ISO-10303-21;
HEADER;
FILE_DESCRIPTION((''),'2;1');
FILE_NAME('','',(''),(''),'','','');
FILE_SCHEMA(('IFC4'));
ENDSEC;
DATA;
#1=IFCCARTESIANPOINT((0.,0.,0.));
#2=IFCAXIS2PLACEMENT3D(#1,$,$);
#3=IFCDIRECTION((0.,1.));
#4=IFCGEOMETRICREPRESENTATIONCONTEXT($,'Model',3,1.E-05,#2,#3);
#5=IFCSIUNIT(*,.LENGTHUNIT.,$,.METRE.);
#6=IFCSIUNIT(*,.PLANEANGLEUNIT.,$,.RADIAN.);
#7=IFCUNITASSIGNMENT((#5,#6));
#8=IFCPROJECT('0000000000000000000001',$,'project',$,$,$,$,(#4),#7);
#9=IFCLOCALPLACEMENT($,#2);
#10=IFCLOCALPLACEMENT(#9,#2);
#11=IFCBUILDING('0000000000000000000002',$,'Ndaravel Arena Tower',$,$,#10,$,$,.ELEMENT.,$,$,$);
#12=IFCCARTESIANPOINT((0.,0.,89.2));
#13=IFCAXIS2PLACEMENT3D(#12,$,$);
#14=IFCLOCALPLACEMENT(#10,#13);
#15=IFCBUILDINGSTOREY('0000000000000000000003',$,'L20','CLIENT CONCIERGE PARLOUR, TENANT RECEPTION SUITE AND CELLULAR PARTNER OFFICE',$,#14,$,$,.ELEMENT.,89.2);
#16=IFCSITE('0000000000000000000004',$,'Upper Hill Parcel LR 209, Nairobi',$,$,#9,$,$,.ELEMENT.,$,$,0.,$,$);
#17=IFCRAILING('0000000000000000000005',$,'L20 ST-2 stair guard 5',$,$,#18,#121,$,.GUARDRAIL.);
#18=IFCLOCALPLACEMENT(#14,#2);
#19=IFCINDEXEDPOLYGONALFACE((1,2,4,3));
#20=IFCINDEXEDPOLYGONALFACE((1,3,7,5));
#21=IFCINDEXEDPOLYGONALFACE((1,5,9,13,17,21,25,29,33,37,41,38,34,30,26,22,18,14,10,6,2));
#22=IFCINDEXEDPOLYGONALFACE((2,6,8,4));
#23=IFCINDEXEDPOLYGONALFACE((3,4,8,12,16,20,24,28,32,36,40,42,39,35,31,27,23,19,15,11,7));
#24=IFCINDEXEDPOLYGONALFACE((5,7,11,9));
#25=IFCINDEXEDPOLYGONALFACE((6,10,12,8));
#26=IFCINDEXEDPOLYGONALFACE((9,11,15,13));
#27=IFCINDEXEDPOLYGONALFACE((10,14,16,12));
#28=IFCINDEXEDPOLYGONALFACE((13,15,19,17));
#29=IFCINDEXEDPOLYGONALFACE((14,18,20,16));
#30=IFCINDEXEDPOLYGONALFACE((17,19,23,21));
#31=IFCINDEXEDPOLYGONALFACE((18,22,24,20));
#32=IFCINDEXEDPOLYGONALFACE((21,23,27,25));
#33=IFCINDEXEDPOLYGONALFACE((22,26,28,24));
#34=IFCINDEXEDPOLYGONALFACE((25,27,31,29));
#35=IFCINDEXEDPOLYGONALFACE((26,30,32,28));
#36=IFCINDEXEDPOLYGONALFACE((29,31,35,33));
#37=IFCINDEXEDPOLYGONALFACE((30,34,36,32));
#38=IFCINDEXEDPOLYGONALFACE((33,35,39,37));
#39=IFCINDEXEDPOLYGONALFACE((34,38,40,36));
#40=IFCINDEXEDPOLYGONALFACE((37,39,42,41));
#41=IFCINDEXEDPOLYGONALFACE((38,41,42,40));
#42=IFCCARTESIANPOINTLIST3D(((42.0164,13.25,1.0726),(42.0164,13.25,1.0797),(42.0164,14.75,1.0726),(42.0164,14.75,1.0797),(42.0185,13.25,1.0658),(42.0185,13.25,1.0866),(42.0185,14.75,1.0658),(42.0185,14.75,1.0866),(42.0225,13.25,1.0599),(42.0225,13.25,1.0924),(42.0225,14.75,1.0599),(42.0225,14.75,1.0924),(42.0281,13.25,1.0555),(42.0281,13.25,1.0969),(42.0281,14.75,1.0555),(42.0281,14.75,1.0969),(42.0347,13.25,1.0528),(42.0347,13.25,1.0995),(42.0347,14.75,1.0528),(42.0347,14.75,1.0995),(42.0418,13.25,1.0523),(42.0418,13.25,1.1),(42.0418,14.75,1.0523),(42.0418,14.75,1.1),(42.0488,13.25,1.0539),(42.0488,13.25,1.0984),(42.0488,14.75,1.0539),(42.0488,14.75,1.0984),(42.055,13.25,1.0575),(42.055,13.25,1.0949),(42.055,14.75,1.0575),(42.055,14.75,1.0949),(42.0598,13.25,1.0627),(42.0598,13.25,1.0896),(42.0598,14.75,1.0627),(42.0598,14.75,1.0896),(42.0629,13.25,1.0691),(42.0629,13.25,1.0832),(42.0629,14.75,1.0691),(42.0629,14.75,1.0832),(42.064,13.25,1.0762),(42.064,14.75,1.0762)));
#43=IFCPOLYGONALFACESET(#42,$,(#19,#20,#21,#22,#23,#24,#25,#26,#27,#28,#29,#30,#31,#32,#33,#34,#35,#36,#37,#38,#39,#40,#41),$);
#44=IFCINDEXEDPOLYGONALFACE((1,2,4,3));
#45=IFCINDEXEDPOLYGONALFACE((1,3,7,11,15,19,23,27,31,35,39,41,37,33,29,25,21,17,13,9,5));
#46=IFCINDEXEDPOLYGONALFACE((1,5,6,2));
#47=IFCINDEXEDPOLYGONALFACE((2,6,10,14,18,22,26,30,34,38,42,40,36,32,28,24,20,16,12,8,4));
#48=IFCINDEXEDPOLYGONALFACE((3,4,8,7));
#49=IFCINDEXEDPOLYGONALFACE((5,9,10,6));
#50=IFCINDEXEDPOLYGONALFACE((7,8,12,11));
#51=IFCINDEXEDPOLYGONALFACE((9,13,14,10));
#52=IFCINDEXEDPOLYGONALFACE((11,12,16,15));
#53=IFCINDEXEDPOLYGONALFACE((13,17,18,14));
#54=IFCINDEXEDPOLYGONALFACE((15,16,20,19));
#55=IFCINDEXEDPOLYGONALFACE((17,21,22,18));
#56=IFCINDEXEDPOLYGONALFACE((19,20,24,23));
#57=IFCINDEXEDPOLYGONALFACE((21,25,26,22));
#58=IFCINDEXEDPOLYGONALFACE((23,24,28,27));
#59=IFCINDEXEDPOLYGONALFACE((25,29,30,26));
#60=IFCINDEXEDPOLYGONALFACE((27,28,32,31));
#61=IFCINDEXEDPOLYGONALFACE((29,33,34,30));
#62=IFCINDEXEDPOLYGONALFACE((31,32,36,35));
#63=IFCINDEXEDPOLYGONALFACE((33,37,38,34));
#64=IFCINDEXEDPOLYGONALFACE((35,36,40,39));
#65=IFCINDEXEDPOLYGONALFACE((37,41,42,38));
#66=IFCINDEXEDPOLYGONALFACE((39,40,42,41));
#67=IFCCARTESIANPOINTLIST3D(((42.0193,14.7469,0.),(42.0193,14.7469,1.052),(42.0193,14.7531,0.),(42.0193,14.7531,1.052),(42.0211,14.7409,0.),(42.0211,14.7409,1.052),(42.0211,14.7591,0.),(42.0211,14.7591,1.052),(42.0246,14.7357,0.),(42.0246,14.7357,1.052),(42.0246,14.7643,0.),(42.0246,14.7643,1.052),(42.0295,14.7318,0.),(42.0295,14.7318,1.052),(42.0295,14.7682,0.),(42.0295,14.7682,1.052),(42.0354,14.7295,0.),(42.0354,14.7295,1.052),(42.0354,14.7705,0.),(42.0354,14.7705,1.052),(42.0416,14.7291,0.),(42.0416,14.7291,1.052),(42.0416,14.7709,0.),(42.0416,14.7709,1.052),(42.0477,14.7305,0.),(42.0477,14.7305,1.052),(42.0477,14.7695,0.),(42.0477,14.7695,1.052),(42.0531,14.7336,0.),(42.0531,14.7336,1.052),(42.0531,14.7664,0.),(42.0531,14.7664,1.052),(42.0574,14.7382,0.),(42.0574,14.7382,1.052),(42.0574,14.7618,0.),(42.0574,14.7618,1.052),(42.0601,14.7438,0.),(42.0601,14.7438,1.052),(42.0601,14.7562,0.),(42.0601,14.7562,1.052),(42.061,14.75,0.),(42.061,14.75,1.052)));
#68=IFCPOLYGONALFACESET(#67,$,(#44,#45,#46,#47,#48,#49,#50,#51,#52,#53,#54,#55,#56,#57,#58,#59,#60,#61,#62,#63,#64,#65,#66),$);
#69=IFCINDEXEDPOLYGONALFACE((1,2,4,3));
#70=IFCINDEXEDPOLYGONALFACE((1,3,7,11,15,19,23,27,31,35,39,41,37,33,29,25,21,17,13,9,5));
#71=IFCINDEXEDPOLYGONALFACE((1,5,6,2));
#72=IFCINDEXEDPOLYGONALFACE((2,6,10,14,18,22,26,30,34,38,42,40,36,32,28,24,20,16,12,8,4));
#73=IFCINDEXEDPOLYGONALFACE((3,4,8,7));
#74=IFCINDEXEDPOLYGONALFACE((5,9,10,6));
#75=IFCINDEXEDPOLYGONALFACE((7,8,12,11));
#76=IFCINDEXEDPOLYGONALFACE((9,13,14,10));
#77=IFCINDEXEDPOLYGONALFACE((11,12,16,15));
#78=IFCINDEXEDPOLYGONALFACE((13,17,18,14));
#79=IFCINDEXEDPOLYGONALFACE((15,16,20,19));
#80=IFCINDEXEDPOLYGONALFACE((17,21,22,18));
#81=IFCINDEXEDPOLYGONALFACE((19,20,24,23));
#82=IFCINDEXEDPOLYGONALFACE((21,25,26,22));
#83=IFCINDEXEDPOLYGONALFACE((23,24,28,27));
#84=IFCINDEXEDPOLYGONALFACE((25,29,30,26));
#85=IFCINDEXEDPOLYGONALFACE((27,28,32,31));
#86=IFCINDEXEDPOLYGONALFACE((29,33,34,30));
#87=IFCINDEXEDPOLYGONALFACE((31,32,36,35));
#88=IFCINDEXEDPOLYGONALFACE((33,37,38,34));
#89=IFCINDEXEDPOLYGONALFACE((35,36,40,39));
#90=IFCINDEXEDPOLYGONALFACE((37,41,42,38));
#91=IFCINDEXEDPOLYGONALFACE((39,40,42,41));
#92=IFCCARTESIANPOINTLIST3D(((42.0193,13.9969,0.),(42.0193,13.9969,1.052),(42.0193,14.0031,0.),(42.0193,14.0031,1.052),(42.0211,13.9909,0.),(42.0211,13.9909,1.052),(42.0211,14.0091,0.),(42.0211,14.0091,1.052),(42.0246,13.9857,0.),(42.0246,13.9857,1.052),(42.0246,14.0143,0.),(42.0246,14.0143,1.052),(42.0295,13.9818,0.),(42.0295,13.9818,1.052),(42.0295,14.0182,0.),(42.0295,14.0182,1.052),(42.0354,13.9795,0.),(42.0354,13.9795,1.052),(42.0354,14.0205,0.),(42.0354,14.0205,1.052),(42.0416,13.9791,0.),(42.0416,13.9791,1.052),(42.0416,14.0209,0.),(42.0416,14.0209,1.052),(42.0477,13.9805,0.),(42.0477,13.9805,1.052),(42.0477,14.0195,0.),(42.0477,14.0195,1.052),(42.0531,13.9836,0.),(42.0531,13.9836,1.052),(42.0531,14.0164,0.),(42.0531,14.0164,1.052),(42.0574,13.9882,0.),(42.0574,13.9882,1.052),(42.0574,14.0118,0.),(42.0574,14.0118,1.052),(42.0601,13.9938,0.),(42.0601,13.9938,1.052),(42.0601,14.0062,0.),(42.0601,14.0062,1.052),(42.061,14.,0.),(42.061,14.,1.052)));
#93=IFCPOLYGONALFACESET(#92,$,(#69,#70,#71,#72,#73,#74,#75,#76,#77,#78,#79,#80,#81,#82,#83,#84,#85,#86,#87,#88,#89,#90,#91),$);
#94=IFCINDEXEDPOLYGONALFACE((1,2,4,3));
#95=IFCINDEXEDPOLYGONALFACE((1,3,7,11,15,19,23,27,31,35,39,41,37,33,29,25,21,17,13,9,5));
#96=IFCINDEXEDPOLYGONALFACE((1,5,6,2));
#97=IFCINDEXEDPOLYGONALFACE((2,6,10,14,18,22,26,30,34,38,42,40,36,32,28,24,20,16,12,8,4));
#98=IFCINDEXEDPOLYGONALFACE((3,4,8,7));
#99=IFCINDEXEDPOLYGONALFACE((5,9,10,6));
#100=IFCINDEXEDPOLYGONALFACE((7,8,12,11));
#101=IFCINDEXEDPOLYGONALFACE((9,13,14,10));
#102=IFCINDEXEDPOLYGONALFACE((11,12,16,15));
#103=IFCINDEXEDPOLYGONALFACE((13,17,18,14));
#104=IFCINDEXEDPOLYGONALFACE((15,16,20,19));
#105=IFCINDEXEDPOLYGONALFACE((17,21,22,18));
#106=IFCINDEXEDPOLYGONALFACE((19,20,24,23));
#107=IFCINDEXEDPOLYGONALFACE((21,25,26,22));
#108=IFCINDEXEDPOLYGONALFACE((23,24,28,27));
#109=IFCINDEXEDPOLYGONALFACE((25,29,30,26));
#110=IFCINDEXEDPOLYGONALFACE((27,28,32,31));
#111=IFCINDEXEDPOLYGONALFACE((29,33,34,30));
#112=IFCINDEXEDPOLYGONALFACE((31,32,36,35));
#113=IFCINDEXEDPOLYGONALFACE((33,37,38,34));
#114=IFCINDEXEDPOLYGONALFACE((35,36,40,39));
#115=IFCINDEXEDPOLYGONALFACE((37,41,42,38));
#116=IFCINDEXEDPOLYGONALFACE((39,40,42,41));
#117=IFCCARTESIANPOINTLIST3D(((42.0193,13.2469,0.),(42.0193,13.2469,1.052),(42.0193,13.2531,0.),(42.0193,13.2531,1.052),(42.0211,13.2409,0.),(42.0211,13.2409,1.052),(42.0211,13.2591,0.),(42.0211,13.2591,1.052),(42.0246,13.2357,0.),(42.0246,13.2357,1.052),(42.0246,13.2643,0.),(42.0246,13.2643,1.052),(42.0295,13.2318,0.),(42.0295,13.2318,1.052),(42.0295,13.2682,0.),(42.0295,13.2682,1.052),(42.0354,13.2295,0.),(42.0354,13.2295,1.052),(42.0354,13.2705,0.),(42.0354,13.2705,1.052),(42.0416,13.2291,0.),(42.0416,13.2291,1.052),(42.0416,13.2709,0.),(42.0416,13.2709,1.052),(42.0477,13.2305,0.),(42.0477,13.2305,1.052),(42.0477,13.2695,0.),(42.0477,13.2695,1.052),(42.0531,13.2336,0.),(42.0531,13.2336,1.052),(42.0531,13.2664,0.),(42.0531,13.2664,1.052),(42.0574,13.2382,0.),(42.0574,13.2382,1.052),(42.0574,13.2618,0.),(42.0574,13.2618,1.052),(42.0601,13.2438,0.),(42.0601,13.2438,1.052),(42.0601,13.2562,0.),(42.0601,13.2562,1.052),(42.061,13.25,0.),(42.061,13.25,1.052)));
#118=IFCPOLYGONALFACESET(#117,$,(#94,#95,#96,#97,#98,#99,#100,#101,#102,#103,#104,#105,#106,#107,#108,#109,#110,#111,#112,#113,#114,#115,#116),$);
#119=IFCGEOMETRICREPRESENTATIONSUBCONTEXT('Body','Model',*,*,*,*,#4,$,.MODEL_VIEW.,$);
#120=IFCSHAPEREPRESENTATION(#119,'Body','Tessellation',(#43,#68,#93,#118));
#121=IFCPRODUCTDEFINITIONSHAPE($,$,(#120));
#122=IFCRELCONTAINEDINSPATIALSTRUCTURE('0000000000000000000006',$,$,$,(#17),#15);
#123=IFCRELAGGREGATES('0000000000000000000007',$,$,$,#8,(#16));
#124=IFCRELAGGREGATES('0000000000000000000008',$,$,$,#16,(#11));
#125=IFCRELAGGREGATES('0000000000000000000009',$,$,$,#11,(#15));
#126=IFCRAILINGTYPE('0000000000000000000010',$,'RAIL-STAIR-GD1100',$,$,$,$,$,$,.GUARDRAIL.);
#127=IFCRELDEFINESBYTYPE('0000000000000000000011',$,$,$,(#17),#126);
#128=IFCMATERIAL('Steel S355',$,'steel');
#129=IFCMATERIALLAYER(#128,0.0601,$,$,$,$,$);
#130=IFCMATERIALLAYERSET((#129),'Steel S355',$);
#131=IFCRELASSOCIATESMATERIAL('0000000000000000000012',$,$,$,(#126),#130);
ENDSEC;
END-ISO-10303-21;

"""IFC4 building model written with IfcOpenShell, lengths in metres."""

from ifc_helpers import new_model, si_unit, direction, frame, origin, origin_2d, place, context, subcontext, project, spatial, circle, extrude, material, layer, layer_set, type_object, element, save


model = new_model("IFC4")

# Units and contexts
model_context = context("Model", 3, precision=1e-05, world=origin(), true_north=direction((0.0, 1.0)))
body_context = subcontext(model_context, "Body", "Model", "MODEL_VIEW")
ifc_project = project(units=[si_unit("LENGTHUNIT", "METRE"), si_unit("PLANEANGLEUNIT", "RADIAN")], contexts=[model_context])

# Site, building, storey
site_placement = place(None, origin())
site = spatial("IfcSite", under=ifc_project, at=site_placement, Name="Upper Hill Parcel LR 209, Nairobi", CompositionType="ELEMENT", RefElevation=0.0)
building_placement = place(site_placement, origin())
building = spatial("IfcBuilding", under=site, at=building_placement, Name="Ndaravel Arena Tower", CompositionType="ELEMENT")
storey_placement = place(building_placement, frame((0.0, 0.0, 89.2)))
storey = spatial("IfcBuildingStorey", under=building, at=storey_placement, Name="L20", Description="CLIENT CONCIERGE PARLOUR, TENANT RECEPTION SUITE AND CELLULAR PARTNER OFFICE", CompositionType="ELEMENT", Elevation=89.2)

# Railing
ifc_material_1 = material(Name="Steel S355", Category="steel")
ifc_layer_1 = layer(ifc_material_1, 0.0601)
ifc_layer_set_1 = layer_set([ifc_layer_1], Name="Steel S355")
railing_type = type_object("IfcRailingType", Name="RAIL-STAIR-GD1100", PredefinedType="GUARDRAIL", material=ifc_layer_set_1)
for number, where, name in (
    (1, (42.04, 14.75, 0.0), "L20 ST-2 stair guard 5"),
):
    element("IfcRailing", number, at=place(storey_placement, frame(where)), inside=storey, type_object=railing_type, Name=name, PredefinedType="GUARDRAIL", context=body_context, shape_type="SweptSolid", body=[
        extrude(circle(Radius=0.0239, at=origin_2d()), frame((0.0, 0.0, 1.0762), z_axis=(0.0, -1.0, 0.0), x_axis=(1.0, 0.0, 0.0)), (0.0, 0.0, 1.0), 1.5),
        extrude(circle(Radius=0.021, at=origin_2d()), origin(), (0.0, 0.0, 1.0), 1.052),
        extrude(circle(Radius=0.021, at=origin_2d()), frame((0.0, -0.75, 0.0)), (0.0, 0.0, 1.0), 1.052),
        extrude(circle(Radius=0.021, at=origin_2d()), frame((0.0, -1.5, 0.0)), (0.0, 0.0, 1.0), 1.052),
    ])

save(model, "model.ifc")
